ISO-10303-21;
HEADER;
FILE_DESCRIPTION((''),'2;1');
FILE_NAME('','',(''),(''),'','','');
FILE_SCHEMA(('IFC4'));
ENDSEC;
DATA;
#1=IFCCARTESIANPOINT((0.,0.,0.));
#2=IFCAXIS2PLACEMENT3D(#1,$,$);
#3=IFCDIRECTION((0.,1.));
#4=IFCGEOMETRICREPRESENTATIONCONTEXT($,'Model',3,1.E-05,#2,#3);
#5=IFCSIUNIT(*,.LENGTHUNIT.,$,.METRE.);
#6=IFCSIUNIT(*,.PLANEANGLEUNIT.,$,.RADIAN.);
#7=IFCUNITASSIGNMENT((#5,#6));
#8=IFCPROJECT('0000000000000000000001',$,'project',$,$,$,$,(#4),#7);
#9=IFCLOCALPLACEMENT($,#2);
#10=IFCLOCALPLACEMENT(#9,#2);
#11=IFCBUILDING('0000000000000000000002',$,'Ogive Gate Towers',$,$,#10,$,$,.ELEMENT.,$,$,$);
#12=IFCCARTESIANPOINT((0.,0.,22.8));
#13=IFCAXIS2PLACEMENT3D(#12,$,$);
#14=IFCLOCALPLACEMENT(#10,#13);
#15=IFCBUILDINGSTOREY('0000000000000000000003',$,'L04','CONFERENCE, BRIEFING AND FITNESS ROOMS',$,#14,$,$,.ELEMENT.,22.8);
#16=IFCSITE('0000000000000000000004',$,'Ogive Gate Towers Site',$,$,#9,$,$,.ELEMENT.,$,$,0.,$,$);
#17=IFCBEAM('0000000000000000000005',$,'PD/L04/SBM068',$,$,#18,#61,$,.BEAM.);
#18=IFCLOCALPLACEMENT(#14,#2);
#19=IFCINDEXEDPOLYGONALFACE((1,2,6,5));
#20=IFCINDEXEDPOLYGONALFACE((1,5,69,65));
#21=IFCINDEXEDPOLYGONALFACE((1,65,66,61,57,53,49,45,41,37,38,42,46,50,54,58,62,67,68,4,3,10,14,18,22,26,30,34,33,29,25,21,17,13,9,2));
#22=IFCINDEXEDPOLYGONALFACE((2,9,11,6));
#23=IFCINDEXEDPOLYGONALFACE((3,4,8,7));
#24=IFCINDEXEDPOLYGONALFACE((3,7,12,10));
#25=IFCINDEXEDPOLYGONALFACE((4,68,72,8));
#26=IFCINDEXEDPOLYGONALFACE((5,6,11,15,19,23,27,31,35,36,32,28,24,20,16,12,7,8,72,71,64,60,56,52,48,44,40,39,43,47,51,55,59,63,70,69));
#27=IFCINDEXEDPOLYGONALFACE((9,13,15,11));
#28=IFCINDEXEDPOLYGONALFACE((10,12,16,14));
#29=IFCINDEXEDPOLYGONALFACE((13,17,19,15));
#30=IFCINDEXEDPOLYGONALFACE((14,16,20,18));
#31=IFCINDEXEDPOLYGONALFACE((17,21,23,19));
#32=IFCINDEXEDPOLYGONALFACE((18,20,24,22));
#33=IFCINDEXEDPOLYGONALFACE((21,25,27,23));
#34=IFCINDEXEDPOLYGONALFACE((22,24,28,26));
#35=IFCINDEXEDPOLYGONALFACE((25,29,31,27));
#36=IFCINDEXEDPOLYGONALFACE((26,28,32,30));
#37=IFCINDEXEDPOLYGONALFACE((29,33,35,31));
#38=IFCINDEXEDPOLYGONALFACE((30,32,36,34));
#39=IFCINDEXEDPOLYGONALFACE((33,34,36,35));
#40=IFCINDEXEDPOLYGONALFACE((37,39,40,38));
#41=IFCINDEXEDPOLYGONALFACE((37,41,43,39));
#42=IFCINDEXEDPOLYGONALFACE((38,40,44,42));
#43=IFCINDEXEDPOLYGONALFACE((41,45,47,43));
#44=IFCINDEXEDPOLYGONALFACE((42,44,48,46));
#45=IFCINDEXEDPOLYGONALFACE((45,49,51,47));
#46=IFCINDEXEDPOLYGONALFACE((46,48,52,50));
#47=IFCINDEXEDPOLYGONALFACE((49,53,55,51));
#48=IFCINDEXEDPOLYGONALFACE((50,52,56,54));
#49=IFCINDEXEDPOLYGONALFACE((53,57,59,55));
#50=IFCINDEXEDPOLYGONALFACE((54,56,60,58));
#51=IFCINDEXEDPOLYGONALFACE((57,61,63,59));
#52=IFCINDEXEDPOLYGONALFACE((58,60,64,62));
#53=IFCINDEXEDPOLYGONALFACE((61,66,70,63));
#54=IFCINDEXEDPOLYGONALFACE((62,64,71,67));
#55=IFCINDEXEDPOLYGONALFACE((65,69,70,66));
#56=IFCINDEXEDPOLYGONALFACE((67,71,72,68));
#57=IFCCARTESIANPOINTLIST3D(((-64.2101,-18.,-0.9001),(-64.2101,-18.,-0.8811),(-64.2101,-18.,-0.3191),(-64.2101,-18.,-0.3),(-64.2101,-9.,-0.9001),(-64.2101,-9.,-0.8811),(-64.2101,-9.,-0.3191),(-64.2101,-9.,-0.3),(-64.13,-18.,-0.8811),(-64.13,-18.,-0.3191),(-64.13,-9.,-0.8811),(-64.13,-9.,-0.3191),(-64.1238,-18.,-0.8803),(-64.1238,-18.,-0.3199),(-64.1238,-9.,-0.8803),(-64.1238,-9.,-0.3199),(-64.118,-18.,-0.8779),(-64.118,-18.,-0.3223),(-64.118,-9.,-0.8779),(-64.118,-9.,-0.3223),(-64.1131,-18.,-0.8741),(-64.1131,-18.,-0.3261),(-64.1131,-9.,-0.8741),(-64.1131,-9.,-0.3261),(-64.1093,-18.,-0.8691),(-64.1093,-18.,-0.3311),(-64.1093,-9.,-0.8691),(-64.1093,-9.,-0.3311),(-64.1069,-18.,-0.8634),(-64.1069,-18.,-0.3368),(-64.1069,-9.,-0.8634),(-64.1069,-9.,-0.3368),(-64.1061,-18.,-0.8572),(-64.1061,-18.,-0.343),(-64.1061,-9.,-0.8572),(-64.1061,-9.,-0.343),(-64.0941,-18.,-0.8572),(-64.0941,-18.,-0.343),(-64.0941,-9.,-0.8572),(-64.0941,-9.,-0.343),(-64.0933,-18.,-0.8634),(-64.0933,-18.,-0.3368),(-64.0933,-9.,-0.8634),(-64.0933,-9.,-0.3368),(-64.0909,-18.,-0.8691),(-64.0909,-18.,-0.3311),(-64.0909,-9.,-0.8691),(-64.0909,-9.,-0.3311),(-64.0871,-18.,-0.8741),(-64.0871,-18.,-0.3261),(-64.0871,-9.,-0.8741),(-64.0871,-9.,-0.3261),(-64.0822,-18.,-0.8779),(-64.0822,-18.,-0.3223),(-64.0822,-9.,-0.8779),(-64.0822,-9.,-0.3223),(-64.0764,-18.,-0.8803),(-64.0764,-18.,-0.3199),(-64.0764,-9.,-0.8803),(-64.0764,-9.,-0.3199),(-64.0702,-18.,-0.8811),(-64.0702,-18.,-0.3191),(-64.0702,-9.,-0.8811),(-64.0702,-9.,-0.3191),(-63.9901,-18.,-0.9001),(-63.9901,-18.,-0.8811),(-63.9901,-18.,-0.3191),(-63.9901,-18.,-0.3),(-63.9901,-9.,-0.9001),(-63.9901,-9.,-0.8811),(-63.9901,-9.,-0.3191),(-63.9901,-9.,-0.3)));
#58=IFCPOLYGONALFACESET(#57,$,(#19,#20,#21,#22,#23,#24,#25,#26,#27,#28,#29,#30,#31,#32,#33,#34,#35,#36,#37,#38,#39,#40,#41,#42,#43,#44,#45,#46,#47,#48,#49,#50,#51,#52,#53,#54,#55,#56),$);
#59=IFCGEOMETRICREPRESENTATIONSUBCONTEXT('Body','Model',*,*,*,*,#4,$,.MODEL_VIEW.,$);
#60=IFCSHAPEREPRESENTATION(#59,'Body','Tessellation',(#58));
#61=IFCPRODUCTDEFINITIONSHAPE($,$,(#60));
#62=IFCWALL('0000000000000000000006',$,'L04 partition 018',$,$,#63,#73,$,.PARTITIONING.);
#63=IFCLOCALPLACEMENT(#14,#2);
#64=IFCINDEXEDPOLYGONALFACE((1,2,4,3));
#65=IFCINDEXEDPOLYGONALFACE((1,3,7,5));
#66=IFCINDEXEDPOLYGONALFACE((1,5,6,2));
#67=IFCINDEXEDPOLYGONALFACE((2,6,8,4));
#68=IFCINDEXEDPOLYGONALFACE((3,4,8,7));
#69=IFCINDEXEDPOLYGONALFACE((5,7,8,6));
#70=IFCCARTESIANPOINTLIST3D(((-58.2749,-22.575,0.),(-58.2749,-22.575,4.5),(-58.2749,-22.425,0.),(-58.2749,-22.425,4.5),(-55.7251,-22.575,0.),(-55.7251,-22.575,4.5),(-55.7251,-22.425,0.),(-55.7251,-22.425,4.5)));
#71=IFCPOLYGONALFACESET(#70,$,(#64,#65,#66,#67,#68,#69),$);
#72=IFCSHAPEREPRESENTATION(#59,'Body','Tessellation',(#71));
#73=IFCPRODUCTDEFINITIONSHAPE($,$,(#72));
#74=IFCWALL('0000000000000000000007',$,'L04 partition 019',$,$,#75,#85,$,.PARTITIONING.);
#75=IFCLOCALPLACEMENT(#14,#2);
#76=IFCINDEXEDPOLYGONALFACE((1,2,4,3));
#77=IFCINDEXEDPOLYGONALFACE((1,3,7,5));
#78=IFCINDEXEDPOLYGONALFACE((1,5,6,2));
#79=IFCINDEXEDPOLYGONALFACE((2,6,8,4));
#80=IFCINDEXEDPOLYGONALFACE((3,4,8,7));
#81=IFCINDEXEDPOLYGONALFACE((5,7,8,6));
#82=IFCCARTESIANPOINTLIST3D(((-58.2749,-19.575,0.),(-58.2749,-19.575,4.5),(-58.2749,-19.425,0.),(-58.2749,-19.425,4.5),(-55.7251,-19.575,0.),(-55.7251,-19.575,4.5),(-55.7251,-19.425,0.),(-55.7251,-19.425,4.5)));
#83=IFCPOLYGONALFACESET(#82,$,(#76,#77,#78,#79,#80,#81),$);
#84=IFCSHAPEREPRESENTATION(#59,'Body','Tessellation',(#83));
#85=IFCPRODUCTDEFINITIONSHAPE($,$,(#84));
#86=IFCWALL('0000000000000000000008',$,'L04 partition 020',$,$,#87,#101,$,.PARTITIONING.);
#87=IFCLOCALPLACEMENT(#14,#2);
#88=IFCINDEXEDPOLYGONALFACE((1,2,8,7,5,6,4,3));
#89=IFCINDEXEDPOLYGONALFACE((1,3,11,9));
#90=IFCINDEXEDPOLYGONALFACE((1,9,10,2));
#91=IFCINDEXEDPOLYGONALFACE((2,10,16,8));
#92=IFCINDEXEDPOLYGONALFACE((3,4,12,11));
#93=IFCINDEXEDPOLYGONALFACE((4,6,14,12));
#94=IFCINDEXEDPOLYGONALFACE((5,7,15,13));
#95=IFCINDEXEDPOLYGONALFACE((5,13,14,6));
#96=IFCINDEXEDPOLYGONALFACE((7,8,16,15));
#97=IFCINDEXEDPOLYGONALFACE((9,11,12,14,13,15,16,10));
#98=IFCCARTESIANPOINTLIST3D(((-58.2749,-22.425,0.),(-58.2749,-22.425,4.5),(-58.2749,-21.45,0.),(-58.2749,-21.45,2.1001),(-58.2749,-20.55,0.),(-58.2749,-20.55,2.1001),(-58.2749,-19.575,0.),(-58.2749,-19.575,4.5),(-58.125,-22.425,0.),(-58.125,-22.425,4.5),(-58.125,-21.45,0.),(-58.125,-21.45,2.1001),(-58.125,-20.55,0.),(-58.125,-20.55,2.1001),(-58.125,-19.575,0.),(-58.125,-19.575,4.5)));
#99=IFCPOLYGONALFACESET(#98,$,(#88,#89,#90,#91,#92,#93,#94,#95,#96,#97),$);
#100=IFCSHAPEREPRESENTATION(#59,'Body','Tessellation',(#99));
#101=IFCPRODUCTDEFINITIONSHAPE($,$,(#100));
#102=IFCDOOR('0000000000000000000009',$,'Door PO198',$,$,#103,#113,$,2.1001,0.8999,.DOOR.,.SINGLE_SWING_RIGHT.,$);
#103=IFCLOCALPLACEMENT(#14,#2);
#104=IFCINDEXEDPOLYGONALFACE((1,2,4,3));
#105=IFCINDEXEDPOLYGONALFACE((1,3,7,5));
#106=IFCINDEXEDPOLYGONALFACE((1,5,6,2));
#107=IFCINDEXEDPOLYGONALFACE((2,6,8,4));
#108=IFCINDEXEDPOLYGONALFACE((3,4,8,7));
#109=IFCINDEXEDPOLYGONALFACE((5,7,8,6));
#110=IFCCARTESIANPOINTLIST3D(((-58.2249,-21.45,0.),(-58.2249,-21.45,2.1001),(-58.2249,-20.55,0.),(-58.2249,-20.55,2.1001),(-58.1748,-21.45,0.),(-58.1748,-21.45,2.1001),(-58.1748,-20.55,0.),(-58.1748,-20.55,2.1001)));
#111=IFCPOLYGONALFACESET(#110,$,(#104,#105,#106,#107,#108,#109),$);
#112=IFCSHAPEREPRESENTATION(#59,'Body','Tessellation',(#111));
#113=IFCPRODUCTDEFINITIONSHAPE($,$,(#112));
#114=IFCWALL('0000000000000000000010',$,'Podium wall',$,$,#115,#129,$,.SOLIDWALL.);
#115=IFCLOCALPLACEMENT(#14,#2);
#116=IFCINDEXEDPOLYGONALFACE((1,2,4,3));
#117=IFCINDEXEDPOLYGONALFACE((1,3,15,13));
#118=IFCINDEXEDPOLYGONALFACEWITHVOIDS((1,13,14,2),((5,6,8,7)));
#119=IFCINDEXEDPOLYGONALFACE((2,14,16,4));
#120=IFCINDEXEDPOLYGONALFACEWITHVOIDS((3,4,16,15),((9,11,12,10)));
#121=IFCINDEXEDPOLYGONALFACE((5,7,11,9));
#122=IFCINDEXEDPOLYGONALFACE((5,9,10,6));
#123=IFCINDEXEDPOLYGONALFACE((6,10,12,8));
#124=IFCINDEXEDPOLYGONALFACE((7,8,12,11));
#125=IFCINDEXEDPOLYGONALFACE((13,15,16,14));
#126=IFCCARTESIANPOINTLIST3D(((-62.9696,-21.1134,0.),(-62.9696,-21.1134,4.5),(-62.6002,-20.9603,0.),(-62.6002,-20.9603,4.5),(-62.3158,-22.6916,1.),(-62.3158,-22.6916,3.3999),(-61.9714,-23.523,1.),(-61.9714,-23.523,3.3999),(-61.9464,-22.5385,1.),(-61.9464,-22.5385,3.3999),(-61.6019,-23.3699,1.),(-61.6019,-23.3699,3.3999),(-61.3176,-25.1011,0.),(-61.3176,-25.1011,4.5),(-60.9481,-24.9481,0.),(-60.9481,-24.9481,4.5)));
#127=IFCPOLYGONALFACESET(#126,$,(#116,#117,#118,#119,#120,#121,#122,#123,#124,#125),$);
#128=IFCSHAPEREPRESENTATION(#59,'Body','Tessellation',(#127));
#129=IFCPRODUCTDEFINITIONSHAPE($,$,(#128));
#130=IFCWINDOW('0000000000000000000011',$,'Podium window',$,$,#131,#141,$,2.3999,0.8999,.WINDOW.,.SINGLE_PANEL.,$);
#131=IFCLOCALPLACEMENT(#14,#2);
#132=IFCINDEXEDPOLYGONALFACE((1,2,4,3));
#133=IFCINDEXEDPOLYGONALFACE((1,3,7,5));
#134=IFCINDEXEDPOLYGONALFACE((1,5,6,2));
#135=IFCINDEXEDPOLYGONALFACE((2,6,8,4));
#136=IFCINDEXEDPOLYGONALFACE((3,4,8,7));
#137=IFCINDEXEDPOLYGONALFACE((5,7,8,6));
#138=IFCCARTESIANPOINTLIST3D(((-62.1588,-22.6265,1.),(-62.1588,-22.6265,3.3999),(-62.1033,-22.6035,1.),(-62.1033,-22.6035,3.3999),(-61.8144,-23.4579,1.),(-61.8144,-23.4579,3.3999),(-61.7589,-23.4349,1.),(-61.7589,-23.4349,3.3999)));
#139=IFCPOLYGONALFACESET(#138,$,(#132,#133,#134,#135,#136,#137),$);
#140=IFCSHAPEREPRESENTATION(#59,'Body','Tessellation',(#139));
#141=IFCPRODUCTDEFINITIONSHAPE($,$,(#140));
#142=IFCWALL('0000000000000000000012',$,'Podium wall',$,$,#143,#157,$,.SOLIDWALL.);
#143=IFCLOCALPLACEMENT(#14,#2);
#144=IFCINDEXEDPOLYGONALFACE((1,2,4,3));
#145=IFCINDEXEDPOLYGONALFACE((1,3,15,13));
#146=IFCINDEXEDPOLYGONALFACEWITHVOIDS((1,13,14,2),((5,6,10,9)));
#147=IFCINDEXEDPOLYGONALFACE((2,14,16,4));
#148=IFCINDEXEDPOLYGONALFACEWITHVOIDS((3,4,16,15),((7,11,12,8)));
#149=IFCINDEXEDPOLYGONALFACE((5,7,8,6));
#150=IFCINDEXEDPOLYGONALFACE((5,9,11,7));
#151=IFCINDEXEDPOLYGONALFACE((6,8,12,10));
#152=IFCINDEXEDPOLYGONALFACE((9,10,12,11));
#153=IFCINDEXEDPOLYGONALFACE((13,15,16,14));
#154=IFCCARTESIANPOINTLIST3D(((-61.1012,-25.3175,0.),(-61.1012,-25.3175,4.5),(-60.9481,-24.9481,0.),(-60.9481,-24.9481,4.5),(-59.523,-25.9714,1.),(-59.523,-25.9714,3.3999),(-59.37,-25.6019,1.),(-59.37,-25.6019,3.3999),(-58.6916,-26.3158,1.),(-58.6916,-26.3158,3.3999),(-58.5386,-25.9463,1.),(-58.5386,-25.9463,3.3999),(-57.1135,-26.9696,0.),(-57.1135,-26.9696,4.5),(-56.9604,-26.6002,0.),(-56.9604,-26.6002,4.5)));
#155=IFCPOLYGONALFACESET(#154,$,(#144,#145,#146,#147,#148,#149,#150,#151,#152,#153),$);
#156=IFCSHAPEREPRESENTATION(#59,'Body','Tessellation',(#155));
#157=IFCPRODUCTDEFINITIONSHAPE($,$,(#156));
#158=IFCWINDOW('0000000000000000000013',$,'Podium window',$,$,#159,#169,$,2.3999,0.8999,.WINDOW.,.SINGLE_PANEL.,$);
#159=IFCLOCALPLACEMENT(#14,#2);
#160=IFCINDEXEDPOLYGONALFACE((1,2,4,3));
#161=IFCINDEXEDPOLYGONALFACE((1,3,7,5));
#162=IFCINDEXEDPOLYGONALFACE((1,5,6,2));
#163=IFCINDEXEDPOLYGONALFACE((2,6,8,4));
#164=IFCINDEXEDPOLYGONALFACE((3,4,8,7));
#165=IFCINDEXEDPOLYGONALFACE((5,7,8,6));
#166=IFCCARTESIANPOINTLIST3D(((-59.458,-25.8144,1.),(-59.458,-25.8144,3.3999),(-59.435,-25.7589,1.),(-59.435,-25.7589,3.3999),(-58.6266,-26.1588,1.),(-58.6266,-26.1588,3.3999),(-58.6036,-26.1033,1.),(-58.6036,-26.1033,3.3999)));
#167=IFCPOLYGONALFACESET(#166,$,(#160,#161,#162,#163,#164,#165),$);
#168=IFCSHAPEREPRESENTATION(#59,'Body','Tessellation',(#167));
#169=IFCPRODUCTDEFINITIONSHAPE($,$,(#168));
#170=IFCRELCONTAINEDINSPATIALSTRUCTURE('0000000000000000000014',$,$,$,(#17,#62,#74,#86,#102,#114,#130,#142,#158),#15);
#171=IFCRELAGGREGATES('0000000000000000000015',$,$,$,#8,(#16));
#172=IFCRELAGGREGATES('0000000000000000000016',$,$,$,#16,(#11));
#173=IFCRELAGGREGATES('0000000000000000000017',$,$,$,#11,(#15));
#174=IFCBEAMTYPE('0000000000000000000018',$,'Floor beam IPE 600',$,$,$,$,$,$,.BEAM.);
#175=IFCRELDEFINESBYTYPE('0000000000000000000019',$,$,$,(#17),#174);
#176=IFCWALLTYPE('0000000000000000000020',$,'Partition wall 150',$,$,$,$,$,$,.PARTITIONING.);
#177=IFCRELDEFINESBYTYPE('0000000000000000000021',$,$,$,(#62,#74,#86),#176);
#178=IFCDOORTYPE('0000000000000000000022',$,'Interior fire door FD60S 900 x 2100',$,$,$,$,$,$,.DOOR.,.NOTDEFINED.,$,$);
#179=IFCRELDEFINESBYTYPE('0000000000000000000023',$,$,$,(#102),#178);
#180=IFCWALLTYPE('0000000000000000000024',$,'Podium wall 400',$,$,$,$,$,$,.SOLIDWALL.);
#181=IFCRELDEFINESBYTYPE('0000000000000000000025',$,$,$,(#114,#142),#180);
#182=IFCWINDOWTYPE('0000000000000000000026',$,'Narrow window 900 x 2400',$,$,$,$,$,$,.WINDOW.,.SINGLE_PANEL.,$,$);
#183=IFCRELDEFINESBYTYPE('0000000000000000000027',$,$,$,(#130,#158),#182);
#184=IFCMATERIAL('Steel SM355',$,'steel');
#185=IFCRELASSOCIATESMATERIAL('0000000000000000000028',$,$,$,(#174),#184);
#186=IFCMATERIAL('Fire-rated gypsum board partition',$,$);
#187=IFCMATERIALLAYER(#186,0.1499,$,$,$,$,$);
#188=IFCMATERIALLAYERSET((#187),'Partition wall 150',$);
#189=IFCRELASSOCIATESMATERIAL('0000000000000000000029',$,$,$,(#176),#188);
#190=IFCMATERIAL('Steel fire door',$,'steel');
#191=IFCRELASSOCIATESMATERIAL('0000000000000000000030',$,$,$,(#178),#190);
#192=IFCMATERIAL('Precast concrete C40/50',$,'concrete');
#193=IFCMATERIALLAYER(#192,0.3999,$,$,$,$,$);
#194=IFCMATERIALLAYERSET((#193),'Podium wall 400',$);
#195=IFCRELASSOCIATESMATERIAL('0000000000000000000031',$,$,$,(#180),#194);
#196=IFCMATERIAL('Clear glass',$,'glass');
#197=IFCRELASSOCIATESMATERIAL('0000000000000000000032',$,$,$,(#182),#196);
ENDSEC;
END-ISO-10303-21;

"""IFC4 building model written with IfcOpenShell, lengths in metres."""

from ifc_helpers import new_model, si_unit, direction, frame, frame_2d, origin, origin_2d, place, context, subcontext, project, spatial, rectangle, i_section, extrude, material, layer, layer_set, material_profile, profile_set, type_object, element, fill, save


model = new_model("IFC4")

# Units and contexts
model_context = context("Model", 3, precision=1e-05, world=origin(), true_north=direction((0.0, 1.0)))
body_context = subcontext(model_context, "Body", "Model", "MODEL_VIEW")
ifc_project = project(units=[si_unit("LENGTHUNIT", "METRE"), si_unit("PLANEANGLEUNIT", "RADIAN")], contexts=[model_context])

# Site, building, storey
site_placement = place(None, origin())
site = spatial("IfcSite", under=ifc_project, at=site_placement, Name="Ogive Gate Towers Site", CompositionType="ELEMENT", RefElevation=0.0)
building_placement = place(site_placement, origin())
building = spatial("IfcBuilding", under=site, at=building_placement, Name="Ogive Gate Towers", CompositionType="ELEMENT")
storey_placement = place(building_placement, frame((0.0, 0.0, 22.8)))
storey = spatial("IfcBuildingStorey", under=building, at=storey_placement, Name="L04", Description="CONFERENCE, BRIEFING AND FITNESS ROOMS", CompositionType="ELEMENT", Elevation=22.8)

# Beam
ifc_material_1 = material(Name="Steel SM355", Category="steel")
ifc_material_profile_1 = material_profile(ifc_material_1, i_section(OverallWidth=0.22, OverallDepth=0.6001, WebThickness=0.012, FlangeThickness=0.019, FilletRadius=0.0239, at=origin_2d()), Name="IPE 600")
ifc_profile_set_1 = profile_set([ifc_material_profile_1], Name="Steel SM355")
beam_type_1 = type_object("IfcBeamType", Name="Floor beam IPE 600", PredefinedType="BEAM", material=ifc_profile_set_1)
beam_1_placement = place(storey_placement, frame((-64.1001, -18.0, -0.6001), z_axis=(0.0, 1.0, 0.0), x_axis=(-1.0, 0.0, 0.0)))
element("IfcBeam", 1, at=beam_1_placement, inside=storey, type_object=beam_type_1, Name="PD/L04/SBM068", PredefinedType="BEAM", context=body_context, shape_type="SweptSolid", body=[
    extrude(i_section(OverallWidth=0.22, OverallDepth=0.6001, WebThickness=0.012, FlangeThickness=0.019, FilletRadius=0.0239, at=origin_2d()), origin(), (0.0, 0.0, 1.0), 9.0),
])

# Walls
ifc_material_2 = material(Name="Fire-rated gypsum board partition")
ifc_layer_1 = layer(ifc_material_2, 0.1499)
ifc_layer_set_1 = layer_set([ifc_layer_1], Name="Partition wall 150")
wall_type_1 = type_object("IfcWallType", Name="Partition wall 150", PredefinedType="PARTITIONING", material=ifc_layer_set_1)
for number, where, z_axis, x_axis, name in (
    (2, (-58.2749, -22.5, 0.0), (0.0, 0.0, 1.0), (1.0, 0.0, 0.0), "L04 partition 018"),
    (3, (-58.2749, -19.5, 0.0), (0.0, 0.0, 1.0), (1.0, 0.0, 0.0), "L04 partition 019"),
):
    element("IfcWall", number, at=place(storey_placement, frame(where, z_axis=z_axis, x_axis=x_axis)), inside=storey, type_object=wall_type_1, Name=name, PredefinedType="PARTITIONING", context=body_context, shape_type="SweptSolid", body=[
        extrude(rectangle(XDim=2.5498, YDim=0.1499, at=frame_2d((1.2749, 0.0))), origin(), (0.0, 0.0, 1.0), 4.5),
    ])

# Wall, opening, door
wall_1_placement = place(storey_placement, frame((-58.2, -22.425, 0.0), z_axis=(0.0, 0.0, 1.0), x_axis=(0.0, 1.0, 0.0)))
wall_1 = element("IfcWall", 4, at=wall_1_placement, inside=storey, type_object=wall_type_1, Name="L04 partition 020", PredefinedType="PARTITIONING", context=body_context, shape_type="SweptSolid", body=[
    extrude(rectangle(XDim=2.8501, YDim=0.1499, at=frame_2d((1.425, 0.0))), origin(), (0.0, 0.0, 1.0), 4.5),
])
opening_1_placement = place(wall_1_placement, frame((0.9751, 0.0, 0.0)))
opening_1 = element("IfcOpeningElement", 5, at=opening_1_placement, cuts=wall_1, PredefinedType="OPENING", context=body_context, shape_type="SweptSolid", body=[
    extrude(rectangle(XDim=0.8999, YDim=2.1001, at=frame_2d((0.45, 1.05))), frame((0.0, 0.085, 0.0), z_axis=(0.0, -1.0, 0.0), x_axis=(1.0, 0.0, 0.0)), (0.0, 0.0, 1.0), 0.1699),
])
ifc_material_3 = material(Name="Steel fire door", Category="steel")
door_type = type_object("IfcDoorType", Name="Interior fire door FD60S 900 x 2100", OperationType="NOTDEFINED", PredefinedType="DOOR", material=ifc_material_3)
door_placement = place(opening_1_placement, origin())
door = element("IfcDoor", 6, at=door_placement, inside=storey, type_object=door_type, Name="Door PO198", OperationType="SINGLE_SWING_RIGHT", OverallHeight=2.1001, OverallWidth=0.8999, PredefinedType="DOOR", context=body_context, shape_type="SweptSolid", body=[
    extrude(rectangle(XDim=0.8999, YDim=2.1001, at=frame_2d((0.45, 1.05))), frame((0.0, 0.0249, 0.0), z_axis=(0.0, -1.0, 0.0), x_axis=(1.0, 0.0, 0.0)), (0.0, 0.0, 1.0), 0.05),
])
fill(opening_1, door)

# Walls, openings, windows
ifc_material_4 = material(Name="Precast concrete C40/50", Category="concrete")
ifc_layer_2 = layer(ifc_material_4, 0.3999)
ifc_layer_set_2 = layer_set([ifc_layer_2], Name="Podium wall 400")
wall_type_2 = type_object("IfcWallType", Name="Podium wall 400", PredefinedType="SOLIDWALL", material=ifc_layer_set_2)
wall_2_placement = place(storey_placement, frame((-62.7849, -21.0369, 0.0), z_axis=(0.0, 0.0, 1.0), x_axis=(0.382743, -0.923855, 0.0)))
wall_2 = element("IfcWall", 7, at=wall_2_placement, inside=storey, type_object=wall_type_2, Name="Podium wall", PredefinedType="SOLIDWALL", context=body_context, shape_type="SweptSolid", body=[
    extrude(rectangle(XDim=4.3164, YDim=0.3999, at=frame_2d((2.1582, 0.0))), origin(), (0.0, 0.0, 1.0), 4.5),
])
opening_2_placement = place(wall_2_placement, frame((1.7083, 0.0, 1.0)))
opening_2 = element("IfcOpeningElement", 8, at=opening_2_placement, cuts=wall_2, PredefinedType="OPENING", context=body_context, shape_type="SweptSolid", body=[
    extrude(rectangle(XDim=0.8999, YDim=2.3999, at=frame_2d((0.45, 1.2))), frame((0.0, 0.21, 0.0), z_axis=(0.0, -1.0, 0.0), x_axis=(1.0, 0.0, 0.0)), (0.0, 0.0, 1.0), 0.4199),
])
ifc_material_5 = material(Name="Clear glass", Category="glass")
window_type_1 = type_object("IfcWindowType", Name="Narrow window 900 x 2400", PartitioningType="SINGLE_PANEL", PredefinedType="WINDOW", material=ifc_material_5)
window_1_placement = place(opening_2_placement, origin())
window_1 = element("IfcWindow", 9, at=window_1_placement, inside=storey, type_object=window_type_1, Name="Podium window", OverallHeight=2.3999, OverallWidth=0.8999, PartitioningType="SINGLE_PANEL", PredefinedType="WINDOW", context=body_context, shape_type="SweptSolid", body=[
    extrude(rectangle(XDim=0.8999, YDim=2.3999, at=frame_2d((0.45, 1.2))), frame((0.0, 0.03, 0.0), z_axis=(0.0, -1.0, 0.0), x_axis=(1.0, 0.0, 0.0)), (0.0, 0.0, 1.0), 0.0601),
])
fill(opening_2, window_1)
wall_3_placement = place(storey_placement, frame((-61.0247, -25.1328, 0.0), z_axis=(0.0, 0.0, 1.0), x_axis=(0.923855, -0.382743, 0.0)))
wall_3 = element("IfcWall", 10, at=wall_3_placement, inside=storey, type_object=wall_type_2, Name="Podium wall", PredefinedType="SOLIDWALL", context=body_context, shape_type="SweptSolid", body=[
    extrude(rectangle(XDim=4.3164, YDim=0.3999, at=frame_2d((2.1582, 0.0))), origin(), (0.0, 0.0, 1.0), 4.5),
])
opening_3_placement = place(wall_3_placement, frame((1.7083, 0.0, 1.0)))
opening_3 = element("IfcOpeningElement", 11, at=opening_3_placement, cuts=wall_3, PredefinedType="OPENING", context=body_context, shape_type="SweptSolid", body=[
    extrude(rectangle(XDim=0.8999, YDim=2.3999, at=frame_2d((0.45, 1.2))), frame((0.0, 0.21, 0.0), z_axis=(0.0, -1.0, 0.0), x_axis=(1.0, 0.0, 0.0)), (0.0, 0.0, 1.0), 0.4199),
])
window_2_placement = place(opening_3_placement, origin())
window_2 = element("IfcWindow", 12, at=window_2_placement, inside=storey, type_object=window_type_1, Name="Podium window", OverallHeight=2.3999, OverallWidth=0.8999, PartitioningType="SINGLE_PANEL", PredefinedType="WINDOW", context=body_context, shape_type="SweptSolid", body=[
    extrude(rectangle(XDim=0.8999, YDim=2.3999, at=frame_2d((0.45, 1.2))), frame((0.0, 0.03, 0.0), z_axis=(0.0, -1.0, 0.0), x_axis=(1.0, 0.0, 0.0)), (0.0, 0.0, 1.0), 0.0601),
])
fill(opening_3, window_2)

save(model, "model.ifc")
